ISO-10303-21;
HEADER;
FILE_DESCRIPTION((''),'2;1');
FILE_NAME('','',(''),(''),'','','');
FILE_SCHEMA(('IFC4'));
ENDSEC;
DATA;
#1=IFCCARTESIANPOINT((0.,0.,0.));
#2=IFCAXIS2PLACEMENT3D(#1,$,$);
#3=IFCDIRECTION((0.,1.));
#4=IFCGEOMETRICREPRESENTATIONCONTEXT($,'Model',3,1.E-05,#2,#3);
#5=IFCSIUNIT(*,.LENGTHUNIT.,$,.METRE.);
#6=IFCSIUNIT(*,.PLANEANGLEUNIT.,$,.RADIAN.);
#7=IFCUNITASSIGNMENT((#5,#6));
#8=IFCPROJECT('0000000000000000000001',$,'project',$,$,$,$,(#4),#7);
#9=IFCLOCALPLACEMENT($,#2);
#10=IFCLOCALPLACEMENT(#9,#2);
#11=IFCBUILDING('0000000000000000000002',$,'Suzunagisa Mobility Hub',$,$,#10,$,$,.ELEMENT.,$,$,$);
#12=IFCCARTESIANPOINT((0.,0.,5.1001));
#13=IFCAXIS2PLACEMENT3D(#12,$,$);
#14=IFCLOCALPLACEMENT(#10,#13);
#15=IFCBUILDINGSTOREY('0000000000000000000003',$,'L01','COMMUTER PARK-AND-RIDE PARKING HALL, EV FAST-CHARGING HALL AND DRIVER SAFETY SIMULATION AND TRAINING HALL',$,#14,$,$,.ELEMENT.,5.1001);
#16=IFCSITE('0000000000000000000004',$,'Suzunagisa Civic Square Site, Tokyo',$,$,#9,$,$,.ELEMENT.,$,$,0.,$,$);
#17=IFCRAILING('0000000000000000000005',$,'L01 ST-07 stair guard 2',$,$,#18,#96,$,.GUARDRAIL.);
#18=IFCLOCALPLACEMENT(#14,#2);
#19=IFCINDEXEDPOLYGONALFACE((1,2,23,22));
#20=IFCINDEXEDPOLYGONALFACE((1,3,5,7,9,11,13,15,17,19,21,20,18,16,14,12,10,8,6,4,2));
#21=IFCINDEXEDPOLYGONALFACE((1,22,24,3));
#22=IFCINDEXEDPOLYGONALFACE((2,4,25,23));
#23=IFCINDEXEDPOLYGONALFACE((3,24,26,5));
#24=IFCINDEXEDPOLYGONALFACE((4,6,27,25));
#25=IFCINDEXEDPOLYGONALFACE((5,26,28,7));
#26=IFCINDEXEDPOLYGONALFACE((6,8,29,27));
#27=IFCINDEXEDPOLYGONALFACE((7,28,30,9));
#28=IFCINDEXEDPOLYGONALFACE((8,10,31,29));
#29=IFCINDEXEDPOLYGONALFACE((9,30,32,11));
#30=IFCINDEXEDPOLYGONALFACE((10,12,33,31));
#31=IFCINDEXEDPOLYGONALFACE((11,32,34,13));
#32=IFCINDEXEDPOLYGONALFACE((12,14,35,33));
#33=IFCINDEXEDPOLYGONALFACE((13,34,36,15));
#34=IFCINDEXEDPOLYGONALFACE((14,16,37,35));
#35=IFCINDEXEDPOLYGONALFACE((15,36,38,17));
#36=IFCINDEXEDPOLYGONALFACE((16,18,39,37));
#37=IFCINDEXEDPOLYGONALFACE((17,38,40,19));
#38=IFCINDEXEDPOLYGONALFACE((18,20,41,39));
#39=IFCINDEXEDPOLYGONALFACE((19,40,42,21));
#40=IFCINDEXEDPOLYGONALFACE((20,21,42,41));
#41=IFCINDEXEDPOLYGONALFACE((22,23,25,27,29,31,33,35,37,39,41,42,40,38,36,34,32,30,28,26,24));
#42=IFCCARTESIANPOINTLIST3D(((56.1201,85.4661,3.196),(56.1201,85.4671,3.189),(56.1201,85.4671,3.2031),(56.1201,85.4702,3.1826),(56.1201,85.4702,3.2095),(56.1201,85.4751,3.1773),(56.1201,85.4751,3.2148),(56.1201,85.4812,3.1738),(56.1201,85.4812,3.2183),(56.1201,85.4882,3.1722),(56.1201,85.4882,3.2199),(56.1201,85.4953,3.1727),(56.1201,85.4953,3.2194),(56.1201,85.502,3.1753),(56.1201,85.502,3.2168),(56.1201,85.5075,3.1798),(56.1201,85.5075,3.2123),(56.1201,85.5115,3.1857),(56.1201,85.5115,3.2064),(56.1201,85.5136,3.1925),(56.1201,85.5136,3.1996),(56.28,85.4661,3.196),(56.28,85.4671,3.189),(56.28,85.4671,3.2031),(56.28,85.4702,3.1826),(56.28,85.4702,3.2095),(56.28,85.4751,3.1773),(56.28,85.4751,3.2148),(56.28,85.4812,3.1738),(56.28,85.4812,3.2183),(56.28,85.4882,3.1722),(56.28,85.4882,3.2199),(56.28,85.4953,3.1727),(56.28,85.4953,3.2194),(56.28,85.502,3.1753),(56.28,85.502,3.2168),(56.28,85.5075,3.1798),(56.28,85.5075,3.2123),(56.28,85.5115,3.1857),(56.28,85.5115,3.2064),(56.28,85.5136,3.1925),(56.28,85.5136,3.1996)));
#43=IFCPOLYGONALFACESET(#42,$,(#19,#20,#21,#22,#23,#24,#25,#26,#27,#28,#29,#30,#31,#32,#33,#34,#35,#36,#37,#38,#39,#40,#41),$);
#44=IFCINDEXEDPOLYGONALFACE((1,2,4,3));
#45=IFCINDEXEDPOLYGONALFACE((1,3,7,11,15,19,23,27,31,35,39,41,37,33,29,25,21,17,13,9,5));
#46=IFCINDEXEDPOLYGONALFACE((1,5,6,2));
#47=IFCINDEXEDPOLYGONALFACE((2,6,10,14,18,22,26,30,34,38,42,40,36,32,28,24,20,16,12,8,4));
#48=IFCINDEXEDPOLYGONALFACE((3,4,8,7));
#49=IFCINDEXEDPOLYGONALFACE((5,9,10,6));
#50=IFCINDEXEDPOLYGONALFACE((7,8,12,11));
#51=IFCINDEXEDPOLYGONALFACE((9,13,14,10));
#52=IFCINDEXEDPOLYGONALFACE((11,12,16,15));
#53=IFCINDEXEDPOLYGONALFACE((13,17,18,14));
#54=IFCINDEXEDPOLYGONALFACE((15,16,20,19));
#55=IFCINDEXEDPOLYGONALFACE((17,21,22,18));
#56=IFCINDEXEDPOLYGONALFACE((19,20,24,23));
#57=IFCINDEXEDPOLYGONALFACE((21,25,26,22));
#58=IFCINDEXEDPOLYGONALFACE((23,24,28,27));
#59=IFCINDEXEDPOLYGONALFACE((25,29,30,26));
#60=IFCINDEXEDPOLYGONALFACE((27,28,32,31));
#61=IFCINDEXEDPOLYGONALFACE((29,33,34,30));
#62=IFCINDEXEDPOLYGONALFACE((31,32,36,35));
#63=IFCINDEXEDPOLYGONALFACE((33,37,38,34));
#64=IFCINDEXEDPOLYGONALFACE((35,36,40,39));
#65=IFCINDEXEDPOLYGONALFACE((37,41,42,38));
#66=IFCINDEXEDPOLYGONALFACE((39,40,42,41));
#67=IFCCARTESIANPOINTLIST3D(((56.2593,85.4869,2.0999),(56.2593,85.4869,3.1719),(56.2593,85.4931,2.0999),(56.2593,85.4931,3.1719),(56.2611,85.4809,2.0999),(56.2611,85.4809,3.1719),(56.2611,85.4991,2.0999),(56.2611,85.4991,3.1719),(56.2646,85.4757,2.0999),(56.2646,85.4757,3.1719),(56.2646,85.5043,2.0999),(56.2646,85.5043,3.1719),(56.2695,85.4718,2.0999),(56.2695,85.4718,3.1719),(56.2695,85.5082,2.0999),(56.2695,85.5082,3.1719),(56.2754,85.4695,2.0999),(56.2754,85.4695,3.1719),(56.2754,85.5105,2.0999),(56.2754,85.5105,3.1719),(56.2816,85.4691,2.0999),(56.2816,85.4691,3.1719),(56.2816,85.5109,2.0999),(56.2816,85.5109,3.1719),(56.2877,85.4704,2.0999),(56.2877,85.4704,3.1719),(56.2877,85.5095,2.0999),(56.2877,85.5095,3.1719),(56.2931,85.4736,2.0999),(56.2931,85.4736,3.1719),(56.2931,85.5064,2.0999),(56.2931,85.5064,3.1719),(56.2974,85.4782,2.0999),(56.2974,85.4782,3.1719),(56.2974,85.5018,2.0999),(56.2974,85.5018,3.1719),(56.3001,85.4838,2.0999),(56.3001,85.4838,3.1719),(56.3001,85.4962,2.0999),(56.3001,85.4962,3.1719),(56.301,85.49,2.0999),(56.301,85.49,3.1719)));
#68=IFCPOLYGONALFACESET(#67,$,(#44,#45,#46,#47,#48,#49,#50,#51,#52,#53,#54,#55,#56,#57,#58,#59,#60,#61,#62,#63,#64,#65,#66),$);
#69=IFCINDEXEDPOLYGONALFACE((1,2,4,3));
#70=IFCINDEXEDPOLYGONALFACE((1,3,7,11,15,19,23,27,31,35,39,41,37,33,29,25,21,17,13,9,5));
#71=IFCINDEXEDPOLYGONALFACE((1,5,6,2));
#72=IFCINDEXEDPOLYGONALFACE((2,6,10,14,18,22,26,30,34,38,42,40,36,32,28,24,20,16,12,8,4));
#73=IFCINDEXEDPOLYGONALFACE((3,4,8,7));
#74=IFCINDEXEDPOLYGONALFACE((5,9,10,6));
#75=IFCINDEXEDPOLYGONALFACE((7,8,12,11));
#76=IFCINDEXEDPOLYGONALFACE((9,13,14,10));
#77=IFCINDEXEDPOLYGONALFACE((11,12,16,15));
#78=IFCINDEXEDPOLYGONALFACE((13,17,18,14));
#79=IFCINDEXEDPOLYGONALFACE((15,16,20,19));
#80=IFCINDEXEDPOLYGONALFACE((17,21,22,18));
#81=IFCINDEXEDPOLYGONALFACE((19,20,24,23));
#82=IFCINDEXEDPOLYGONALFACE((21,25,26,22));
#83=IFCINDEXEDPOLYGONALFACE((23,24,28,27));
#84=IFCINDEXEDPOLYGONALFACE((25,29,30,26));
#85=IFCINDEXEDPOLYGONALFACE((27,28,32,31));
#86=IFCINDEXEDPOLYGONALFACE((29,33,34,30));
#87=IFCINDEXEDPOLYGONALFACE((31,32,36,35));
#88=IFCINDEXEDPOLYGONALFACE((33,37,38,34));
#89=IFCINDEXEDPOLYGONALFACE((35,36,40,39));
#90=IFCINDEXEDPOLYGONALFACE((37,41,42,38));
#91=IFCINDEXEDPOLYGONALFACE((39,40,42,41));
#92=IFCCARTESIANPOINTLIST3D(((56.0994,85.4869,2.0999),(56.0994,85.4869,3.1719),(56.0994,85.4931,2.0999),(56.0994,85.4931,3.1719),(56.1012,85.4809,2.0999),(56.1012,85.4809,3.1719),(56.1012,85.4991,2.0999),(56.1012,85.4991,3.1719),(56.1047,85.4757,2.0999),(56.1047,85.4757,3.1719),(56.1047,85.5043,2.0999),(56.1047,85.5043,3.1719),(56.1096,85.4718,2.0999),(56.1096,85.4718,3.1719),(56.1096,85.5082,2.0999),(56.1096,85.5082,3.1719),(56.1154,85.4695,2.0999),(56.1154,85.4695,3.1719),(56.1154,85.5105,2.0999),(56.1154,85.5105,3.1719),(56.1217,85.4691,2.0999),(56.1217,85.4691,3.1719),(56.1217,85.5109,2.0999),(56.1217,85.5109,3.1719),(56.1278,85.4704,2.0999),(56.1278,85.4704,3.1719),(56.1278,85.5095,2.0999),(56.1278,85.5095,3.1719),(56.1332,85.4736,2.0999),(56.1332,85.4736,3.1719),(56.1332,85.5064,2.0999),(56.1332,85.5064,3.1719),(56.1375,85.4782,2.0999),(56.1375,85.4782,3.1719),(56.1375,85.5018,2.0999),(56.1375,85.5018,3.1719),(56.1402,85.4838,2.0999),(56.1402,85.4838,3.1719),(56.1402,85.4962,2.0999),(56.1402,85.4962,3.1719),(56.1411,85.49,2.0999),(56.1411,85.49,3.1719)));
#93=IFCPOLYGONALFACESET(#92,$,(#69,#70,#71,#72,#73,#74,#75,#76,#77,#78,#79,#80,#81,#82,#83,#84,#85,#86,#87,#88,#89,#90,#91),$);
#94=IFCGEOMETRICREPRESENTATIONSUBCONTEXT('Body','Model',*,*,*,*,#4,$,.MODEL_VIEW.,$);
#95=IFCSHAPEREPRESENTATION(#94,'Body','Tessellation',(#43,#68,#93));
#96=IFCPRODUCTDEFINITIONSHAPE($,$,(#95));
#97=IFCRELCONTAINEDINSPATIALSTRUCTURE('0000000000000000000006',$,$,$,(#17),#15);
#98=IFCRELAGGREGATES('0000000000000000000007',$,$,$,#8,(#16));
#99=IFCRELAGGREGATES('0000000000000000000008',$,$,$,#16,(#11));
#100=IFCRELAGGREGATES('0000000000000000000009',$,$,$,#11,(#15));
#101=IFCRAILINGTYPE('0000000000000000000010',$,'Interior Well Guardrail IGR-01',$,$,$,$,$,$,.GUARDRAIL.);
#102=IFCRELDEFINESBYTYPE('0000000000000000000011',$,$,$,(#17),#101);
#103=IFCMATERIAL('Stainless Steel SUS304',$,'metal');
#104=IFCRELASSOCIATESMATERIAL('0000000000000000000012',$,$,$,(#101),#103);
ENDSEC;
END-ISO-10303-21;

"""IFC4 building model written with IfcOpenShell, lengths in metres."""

from ifc_helpers import new_model, si_unit, direction, frame, origin, origin_2d, place, context, subcontext, project, spatial, circle, extrude, material, type_object, element, save


model = new_model("IFC4")

# Units and contexts
model_context = context("Model", 3, precision=1e-05, world=origin(), true_north=direction((0.0, 1.0)))
body_context = subcontext(model_context, "Body", "Model", "MODEL_VIEW")
ifc_project = project(units=[si_unit("LENGTHUNIT", "METRE"), si_unit("PLANEANGLEUNIT", "RADIAN")], contexts=[model_context])

# Site, building, storey
site_placement = place(None, origin())
site = spatial("IfcSite", under=ifc_project, at=site_placement, Name="Suzunagisa Civic Square Site, Tokyo", CompositionType="ELEMENT", RefElevation=0.0)
building_placement = place(site_placement, origin())
building = spatial("IfcBuilding", under=site, at=building_placement, Name="Suzunagisa Mobility Hub", CompositionType="ELEMENT")
storey_placement = place(building_placement, frame((0.0, 0.0, 5.1001)))
storey = spatial("IfcBuildingStorey", under=building, at=storey_placement, Name="L01", Description="COMMUTER PARK-AND-RIDE PARKING HALL, EV FAST-CHARGING HALL AND DRIVER SAFETY SIMULATION AND TRAINING HALL", CompositionType="ELEMENT", Elevation=5.1001)

# Railing
ifc_material_1 = material(Name="Stainless Steel SUS304", Category="metal")
railing_type_1 = type_object("IfcRailingType", Name="Interior Well Guardrail IGR-01", PredefinedType="GUARDRAIL", material=ifc_material_1)
railing_1_placement = place(storey_placement, frame((56.28, 85.49, 2.0999)))
element("IfcRailing", 1, at=railing_1_placement, inside=storey, type_object=railing_type_1, Name="L01 ST-07 stair guard 2", PredefinedType="GUARDRAIL", context=body_context, shape_type="SweptSolid", body=[
    extrude(circle(Radius=0.0239, at=origin_2d()), frame((0.0, 0.0, 1.0962), z_axis=(-1.0, 0.0, 0.0), x_axis=(0.0, -1.0, 0.0)), (0.0, 0.0, 1.0), 0.1599),
    extrude(circle(Radius=0.021, at=origin_2d()), origin(), (0.0, 0.0, 1.0), 1.072),
    extrude(circle(Radius=0.021, at=origin_2d()), frame((-0.1599, 0.0, 0.0)), (0.0, 0.0, 1.0), 1.072),
])

save(model, "model.ifc")
